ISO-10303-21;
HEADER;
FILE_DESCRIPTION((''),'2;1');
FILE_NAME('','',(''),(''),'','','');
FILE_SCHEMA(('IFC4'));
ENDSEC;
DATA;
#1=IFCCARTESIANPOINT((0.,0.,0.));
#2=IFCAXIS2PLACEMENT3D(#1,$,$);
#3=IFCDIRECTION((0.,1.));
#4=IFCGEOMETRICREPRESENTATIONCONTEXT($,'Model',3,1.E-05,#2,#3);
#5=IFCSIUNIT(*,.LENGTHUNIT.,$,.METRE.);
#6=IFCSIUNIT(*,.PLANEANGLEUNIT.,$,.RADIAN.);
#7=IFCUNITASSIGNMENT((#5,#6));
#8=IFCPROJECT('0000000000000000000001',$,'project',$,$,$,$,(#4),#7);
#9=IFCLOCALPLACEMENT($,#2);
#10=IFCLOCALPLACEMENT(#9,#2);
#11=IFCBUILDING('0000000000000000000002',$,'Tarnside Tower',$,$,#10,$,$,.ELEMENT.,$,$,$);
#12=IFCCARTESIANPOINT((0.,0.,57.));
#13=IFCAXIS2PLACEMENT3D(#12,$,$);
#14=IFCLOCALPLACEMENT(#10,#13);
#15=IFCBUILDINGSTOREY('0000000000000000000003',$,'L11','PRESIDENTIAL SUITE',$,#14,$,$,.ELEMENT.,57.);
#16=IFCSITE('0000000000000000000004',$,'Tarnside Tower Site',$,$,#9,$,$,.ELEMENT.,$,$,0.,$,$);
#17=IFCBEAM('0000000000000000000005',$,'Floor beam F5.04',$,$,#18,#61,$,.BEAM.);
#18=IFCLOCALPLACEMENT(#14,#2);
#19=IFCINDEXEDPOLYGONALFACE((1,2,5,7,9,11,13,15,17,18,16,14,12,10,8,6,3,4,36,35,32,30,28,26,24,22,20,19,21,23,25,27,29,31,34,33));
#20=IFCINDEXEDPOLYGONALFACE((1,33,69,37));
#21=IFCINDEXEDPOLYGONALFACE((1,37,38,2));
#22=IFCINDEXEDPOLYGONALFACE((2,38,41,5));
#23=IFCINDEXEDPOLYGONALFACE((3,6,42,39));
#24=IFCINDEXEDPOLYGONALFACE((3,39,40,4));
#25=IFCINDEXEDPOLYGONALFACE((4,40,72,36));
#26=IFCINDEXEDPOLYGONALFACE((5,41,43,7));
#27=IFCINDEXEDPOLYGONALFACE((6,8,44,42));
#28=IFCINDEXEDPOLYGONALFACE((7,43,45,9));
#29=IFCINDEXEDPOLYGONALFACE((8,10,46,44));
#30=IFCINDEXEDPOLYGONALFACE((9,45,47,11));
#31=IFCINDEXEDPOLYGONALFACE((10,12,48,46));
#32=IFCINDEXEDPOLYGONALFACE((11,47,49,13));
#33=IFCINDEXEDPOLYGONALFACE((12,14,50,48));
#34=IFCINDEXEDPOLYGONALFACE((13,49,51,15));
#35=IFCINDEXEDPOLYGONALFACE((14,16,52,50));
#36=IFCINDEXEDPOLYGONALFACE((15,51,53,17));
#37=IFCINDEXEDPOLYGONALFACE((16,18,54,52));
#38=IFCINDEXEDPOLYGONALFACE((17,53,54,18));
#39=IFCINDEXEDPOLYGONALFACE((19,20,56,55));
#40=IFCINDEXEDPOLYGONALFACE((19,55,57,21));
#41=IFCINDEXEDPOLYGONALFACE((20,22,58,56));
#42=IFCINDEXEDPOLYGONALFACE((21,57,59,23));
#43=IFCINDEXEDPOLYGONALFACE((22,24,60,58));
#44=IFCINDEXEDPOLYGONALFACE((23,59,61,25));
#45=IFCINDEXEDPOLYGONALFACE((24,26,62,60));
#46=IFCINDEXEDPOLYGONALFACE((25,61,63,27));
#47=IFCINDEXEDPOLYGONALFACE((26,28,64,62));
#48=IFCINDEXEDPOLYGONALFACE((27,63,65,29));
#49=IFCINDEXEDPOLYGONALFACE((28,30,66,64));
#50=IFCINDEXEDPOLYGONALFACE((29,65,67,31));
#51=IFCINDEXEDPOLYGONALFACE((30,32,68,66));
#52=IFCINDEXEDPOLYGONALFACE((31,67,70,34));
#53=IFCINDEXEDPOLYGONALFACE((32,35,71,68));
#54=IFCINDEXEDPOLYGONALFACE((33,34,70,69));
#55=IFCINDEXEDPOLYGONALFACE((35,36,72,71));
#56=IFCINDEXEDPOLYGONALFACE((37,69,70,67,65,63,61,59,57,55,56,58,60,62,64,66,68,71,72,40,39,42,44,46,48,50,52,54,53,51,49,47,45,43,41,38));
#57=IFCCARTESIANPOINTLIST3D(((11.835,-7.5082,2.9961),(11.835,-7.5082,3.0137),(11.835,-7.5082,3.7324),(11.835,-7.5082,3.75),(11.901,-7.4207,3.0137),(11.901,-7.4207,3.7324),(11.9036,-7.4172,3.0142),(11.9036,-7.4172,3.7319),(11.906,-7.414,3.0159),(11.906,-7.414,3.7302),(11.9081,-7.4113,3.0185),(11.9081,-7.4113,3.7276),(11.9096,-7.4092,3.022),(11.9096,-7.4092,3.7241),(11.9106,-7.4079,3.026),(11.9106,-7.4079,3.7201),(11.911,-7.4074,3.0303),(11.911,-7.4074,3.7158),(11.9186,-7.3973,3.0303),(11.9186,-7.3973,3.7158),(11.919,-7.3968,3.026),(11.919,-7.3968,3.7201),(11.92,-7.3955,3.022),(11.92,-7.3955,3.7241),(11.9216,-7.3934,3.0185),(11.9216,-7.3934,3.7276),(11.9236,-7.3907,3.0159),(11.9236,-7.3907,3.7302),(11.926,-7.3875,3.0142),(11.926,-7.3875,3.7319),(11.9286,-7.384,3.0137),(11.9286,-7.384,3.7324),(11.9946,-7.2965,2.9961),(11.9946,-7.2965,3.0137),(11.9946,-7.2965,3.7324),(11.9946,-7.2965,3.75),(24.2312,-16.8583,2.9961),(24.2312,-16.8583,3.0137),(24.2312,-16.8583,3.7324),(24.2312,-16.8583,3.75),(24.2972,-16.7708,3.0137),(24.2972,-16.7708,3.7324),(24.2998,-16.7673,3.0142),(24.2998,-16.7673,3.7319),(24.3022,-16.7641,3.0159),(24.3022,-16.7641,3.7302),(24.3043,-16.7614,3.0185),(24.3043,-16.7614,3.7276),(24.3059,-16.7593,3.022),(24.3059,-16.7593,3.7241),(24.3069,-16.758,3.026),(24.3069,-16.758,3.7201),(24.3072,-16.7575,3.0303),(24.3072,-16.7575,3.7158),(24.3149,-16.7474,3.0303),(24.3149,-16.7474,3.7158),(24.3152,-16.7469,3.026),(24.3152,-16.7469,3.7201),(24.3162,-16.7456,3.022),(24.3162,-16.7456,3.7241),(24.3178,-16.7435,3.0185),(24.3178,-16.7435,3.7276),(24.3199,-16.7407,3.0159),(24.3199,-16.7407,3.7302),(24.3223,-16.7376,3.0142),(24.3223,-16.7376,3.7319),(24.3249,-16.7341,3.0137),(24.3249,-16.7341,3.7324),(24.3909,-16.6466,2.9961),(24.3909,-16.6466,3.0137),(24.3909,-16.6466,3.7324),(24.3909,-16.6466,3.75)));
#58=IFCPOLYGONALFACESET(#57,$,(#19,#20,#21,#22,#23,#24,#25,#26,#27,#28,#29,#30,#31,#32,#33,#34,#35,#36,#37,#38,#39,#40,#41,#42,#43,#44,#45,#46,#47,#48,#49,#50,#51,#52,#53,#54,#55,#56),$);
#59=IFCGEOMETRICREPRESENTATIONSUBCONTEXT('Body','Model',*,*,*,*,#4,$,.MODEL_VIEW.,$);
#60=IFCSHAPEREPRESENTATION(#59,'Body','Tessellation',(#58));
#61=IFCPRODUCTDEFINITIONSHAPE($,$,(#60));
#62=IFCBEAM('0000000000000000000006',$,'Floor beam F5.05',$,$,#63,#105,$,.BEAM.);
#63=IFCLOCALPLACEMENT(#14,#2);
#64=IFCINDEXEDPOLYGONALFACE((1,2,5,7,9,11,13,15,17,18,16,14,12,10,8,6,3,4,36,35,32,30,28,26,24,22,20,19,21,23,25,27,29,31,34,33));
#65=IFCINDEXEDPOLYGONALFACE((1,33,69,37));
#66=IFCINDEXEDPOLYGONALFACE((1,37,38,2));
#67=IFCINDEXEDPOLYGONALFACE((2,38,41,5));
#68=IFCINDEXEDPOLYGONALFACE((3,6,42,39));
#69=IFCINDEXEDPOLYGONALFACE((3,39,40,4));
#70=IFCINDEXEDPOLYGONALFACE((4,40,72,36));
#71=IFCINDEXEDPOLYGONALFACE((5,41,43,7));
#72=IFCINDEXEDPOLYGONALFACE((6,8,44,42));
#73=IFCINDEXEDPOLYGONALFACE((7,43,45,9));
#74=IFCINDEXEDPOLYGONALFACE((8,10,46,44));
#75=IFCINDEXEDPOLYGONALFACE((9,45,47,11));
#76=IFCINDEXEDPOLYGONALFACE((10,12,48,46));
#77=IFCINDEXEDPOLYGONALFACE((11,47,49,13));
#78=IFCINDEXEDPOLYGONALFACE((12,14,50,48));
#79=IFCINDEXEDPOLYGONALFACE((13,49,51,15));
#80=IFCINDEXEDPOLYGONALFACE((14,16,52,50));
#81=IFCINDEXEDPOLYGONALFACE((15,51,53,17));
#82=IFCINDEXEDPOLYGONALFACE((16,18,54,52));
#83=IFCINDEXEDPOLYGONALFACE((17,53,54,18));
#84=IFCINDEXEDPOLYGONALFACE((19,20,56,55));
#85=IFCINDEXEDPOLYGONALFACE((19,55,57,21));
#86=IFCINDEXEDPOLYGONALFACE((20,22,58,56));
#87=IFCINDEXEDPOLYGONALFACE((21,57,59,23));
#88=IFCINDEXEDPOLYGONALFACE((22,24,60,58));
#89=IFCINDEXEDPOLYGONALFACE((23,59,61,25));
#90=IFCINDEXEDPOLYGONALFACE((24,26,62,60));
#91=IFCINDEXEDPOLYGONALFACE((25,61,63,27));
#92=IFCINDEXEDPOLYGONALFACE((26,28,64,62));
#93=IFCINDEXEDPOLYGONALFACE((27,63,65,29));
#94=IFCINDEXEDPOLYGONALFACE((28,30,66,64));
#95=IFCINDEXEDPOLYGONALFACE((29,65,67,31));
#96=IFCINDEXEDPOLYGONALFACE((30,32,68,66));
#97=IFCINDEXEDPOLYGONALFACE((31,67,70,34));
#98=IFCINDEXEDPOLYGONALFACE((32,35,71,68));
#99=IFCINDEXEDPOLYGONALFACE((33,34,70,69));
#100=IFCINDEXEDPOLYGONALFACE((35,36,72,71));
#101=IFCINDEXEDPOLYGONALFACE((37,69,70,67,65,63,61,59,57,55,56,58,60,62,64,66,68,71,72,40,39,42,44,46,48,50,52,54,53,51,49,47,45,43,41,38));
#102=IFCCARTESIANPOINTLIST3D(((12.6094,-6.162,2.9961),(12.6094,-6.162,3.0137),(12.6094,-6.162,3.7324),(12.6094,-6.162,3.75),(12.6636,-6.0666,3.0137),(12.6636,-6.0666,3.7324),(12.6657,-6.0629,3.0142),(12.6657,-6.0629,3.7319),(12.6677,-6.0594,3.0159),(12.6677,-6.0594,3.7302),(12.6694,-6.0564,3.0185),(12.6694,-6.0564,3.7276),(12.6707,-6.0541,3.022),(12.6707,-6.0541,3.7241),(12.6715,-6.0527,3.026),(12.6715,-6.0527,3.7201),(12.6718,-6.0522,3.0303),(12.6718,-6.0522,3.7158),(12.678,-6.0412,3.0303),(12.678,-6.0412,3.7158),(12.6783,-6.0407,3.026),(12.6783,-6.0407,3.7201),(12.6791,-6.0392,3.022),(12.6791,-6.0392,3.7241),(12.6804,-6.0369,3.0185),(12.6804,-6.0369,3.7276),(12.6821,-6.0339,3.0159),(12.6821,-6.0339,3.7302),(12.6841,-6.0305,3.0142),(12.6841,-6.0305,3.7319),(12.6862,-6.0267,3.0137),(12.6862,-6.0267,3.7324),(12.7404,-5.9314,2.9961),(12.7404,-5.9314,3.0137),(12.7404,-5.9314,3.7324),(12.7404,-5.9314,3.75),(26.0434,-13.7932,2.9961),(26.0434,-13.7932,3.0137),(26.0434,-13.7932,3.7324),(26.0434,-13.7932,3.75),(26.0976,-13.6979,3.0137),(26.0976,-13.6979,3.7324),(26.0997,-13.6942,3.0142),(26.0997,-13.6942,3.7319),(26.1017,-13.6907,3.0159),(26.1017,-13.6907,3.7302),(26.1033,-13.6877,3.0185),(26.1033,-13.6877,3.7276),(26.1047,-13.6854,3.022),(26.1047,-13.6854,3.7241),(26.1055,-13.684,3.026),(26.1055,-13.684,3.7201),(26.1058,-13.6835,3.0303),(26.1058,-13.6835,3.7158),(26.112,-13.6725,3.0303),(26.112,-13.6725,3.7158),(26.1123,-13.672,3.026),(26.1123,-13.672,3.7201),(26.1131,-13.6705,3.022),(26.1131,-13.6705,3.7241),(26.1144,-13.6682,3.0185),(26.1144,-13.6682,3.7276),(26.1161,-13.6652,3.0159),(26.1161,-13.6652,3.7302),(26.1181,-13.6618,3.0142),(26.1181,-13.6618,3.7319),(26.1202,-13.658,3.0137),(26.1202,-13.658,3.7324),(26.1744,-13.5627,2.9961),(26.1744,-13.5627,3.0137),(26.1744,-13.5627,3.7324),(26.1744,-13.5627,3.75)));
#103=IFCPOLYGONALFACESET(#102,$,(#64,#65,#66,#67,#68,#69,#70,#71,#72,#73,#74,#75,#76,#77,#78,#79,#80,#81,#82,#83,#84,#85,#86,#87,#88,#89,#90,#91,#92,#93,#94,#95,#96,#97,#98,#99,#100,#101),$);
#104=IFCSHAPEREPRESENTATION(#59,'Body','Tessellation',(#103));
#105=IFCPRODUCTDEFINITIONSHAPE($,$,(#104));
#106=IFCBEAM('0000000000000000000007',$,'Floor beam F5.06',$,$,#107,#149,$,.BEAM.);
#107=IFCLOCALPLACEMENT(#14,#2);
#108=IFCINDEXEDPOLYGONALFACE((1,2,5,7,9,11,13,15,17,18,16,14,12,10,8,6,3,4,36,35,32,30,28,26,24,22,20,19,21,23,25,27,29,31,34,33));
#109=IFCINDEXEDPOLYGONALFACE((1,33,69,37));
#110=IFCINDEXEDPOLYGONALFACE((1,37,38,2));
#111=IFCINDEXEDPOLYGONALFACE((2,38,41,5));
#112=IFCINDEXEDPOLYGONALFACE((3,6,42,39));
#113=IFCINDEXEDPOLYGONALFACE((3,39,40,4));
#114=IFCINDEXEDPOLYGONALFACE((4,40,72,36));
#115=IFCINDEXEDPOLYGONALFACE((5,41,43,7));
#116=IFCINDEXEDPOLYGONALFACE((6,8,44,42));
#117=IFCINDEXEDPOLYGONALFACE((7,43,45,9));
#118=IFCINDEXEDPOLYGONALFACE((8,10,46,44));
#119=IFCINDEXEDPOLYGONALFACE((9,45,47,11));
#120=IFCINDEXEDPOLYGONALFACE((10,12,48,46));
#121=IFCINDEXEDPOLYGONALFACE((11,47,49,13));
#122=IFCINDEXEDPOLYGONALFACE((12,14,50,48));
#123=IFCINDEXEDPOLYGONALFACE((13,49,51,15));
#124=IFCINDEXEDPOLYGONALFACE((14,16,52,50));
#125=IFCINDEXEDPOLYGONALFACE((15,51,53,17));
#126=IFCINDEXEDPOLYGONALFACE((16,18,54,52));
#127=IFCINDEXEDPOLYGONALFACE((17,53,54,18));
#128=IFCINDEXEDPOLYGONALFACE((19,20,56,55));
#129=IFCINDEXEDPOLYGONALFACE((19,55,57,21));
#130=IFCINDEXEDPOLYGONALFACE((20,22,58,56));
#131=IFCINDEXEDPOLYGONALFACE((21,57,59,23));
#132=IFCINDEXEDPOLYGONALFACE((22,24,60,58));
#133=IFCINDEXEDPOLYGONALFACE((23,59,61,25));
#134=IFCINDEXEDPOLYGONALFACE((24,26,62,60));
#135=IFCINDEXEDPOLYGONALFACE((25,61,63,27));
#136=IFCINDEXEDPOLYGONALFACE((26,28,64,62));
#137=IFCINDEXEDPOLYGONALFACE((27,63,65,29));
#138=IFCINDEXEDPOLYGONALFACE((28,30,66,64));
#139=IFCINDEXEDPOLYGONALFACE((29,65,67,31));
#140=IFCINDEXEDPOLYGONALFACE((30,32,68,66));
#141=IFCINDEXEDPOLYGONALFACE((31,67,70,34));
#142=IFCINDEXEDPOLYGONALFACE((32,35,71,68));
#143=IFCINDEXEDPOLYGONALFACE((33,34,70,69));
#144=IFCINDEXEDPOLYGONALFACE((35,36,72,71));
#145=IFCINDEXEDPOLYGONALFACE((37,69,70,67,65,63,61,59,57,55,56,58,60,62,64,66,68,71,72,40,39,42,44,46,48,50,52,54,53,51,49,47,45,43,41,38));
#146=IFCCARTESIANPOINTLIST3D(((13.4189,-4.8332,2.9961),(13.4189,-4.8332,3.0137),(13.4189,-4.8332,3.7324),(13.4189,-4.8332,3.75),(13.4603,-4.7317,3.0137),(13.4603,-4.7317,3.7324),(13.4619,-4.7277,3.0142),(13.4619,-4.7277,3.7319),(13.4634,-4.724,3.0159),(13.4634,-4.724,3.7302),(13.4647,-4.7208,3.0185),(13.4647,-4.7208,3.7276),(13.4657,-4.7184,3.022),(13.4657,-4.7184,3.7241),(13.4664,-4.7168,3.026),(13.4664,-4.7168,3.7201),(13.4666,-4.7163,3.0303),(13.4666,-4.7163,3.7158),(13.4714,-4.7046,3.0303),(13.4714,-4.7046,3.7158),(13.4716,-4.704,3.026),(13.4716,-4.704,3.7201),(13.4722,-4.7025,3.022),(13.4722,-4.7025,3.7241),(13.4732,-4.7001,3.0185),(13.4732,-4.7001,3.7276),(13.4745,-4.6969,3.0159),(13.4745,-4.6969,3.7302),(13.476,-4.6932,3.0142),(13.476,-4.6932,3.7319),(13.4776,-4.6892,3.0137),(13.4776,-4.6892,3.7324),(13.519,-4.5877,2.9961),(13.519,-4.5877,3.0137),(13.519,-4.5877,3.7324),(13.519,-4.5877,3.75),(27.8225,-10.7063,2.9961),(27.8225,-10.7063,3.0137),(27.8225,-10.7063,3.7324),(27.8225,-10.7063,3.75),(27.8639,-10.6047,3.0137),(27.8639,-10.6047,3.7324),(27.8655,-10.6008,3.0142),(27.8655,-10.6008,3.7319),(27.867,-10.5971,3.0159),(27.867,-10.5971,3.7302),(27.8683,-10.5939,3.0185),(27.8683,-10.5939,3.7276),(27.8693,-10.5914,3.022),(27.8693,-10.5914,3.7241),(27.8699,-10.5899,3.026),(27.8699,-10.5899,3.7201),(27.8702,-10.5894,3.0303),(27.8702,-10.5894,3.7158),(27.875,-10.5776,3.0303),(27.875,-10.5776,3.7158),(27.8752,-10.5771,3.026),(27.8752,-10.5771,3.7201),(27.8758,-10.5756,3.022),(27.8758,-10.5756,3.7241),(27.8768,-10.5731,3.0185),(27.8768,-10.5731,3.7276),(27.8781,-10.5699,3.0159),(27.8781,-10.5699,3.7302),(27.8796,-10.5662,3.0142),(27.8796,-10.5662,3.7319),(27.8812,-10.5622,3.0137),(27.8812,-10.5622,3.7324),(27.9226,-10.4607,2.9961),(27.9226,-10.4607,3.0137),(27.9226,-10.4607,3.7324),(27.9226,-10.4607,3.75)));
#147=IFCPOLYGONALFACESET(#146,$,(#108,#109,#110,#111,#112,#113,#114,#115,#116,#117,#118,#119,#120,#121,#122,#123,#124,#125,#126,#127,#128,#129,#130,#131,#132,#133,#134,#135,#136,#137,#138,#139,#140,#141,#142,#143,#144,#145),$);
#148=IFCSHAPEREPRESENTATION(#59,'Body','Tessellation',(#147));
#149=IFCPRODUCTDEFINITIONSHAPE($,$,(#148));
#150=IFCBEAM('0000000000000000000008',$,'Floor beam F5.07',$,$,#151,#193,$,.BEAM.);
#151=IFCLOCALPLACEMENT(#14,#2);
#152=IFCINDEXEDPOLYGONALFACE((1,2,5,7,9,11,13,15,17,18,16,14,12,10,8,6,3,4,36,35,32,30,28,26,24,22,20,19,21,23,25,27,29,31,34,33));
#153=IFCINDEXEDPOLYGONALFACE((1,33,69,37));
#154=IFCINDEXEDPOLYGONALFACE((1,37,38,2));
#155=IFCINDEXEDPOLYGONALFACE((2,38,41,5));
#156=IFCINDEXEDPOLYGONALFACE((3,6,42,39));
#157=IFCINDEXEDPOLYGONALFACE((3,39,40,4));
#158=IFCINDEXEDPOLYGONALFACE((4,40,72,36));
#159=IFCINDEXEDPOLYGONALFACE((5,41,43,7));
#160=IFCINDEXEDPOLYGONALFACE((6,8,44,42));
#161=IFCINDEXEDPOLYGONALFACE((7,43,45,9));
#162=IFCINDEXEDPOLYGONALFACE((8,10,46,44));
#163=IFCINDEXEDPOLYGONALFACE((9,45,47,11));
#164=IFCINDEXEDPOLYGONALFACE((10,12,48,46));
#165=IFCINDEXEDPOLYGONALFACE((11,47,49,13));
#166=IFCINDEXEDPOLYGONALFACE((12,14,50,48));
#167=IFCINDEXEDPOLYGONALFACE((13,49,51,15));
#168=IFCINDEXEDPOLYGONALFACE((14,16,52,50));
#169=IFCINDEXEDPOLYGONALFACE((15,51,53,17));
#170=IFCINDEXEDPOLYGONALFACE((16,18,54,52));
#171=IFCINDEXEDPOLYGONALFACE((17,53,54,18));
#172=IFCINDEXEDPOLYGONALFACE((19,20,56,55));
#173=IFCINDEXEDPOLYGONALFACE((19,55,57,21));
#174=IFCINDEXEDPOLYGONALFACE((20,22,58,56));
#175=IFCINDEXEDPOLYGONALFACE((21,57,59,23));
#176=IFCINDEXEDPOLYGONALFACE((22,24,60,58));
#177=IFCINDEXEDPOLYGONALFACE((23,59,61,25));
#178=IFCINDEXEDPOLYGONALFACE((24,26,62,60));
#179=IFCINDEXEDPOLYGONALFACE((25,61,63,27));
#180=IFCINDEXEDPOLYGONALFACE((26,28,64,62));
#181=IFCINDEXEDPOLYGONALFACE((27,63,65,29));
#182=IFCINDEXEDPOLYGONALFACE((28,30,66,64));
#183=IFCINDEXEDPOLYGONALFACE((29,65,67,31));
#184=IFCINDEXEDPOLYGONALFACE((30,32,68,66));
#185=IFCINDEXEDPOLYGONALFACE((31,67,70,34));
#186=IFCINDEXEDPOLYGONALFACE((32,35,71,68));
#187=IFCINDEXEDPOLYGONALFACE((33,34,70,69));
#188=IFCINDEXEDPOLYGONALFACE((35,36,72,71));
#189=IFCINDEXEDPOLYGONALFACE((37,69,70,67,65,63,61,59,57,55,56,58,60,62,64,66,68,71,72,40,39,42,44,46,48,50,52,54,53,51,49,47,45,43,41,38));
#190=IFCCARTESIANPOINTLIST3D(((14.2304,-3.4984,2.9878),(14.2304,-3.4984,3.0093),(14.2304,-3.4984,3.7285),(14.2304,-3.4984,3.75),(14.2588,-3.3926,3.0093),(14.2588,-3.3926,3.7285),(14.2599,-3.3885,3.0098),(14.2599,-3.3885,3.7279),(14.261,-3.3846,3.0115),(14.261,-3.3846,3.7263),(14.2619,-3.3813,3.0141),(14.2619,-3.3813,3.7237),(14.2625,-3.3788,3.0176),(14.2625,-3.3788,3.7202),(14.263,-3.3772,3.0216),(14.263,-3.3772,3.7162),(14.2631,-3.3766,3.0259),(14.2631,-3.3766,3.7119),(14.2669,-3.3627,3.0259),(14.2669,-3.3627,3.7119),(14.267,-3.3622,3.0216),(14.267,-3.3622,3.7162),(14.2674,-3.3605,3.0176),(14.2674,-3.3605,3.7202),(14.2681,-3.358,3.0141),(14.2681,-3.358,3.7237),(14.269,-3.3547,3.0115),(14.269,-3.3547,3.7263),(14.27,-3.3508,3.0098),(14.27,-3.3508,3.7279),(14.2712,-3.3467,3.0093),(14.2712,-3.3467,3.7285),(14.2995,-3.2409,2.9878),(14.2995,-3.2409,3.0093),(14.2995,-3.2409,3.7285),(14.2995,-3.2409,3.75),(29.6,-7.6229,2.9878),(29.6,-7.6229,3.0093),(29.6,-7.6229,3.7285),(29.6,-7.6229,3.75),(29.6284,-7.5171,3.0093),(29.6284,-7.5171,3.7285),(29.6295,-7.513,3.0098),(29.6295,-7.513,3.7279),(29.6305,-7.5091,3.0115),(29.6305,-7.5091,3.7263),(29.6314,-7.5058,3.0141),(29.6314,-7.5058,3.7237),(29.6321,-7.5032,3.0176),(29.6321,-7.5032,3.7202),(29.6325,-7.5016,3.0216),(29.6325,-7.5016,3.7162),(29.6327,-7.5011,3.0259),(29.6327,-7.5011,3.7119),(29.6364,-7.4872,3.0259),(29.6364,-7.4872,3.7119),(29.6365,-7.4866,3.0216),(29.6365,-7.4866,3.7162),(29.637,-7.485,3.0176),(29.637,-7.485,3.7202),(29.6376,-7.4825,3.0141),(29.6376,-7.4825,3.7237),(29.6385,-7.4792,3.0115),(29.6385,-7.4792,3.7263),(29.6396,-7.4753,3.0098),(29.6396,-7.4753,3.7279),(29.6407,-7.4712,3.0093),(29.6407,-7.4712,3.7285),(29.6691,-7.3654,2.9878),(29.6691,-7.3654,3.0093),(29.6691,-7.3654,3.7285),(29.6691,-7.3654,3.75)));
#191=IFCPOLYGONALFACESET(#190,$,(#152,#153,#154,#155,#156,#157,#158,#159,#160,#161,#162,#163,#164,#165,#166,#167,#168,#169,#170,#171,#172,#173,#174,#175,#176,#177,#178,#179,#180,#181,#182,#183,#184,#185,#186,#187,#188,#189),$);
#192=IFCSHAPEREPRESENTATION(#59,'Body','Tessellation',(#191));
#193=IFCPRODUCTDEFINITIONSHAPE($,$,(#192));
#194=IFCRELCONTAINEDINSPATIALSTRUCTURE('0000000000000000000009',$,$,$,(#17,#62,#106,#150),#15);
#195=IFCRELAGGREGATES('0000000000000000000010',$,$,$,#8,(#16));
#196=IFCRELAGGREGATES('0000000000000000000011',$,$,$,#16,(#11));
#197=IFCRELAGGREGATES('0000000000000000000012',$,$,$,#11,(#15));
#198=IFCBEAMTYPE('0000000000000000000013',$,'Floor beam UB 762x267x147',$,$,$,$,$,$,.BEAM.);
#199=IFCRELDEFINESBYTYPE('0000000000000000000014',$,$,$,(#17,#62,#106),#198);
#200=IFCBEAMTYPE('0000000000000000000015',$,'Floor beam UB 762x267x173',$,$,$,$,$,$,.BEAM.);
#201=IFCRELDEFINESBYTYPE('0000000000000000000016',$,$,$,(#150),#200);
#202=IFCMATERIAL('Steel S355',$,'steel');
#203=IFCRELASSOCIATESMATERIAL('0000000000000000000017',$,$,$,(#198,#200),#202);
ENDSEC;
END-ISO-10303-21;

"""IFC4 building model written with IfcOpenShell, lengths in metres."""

from ifc_helpers import new_model, si_unit, direction, frame, origin, origin_2d, place, context, subcontext, project, spatial, i_section, extrude, material, material_profile, profile_set, type_object, element, save


model = new_model("IFC4")

# Units and contexts
model_context = context("Model", 3, precision=1e-05, world=origin(), true_north=direction((0.0, 1.0)))
body_context = subcontext(model_context, "Body", "Model", "MODEL_VIEW")
ifc_project = project(units=[si_unit("LENGTHUNIT", "METRE"), si_unit("PLANEANGLEUNIT", "RADIAN")], contexts=[model_context])

# Site, building, storey
site_placement = place(None, origin())
site = spatial("IfcSite", under=ifc_project, at=site_placement, Name="Tarnside Tower Site", CompositionType="ELEMENT", RefElevation=0.0)
building_placement = place(site_placement, origin())
building = spatial("IfcBuilding", under=site, at=building_placement, Name="Tarnside Tower", CompositionType="ELEMENT")
storey_placement = place(building_placement, frame((0.0, 0.0, 57.0)))
storey = spatial("IfcBuildingStorey", under=building, at=storey_placement, Name="L11", Description="PRESIDENTIAL SUITE", CompositionType="ELEMENT", Elevation=57.0)

# Beams
ifc_material_1 = material(Name="Steel S355", Category="steel")
ifc_material_profile_1 = material_profile(ifc_material_1, i_section(OverallWidth=0.2651, OverallDepth=0.7539, WebThickness=0.0127, FlangeThickness=0.0176, FilletRadius=0.0166, at=origin_2d()), Name="UB 762x267x147")
ifc_profile_set_1 = profile_set([ifc_material_profile_1], Name="Steel S355")
beam_type_1 = type_object("IfcBeamType", Name="Floor beam UB 762x267x147", PredefinedType="BEAM", material=ifc_profile_set_1)
beam_1_placement = place(storey_placement, frame((24.311, -16.7524, 3.373), z_axis=(-0.798361, 0.602179, 0.0), x_axis=(-0.602179, -0.798361, 0.0)))
element("IfcBeam", 1, at=beam_1_placement, inside=storey, type_object=beam_type_1, Name="Floor beam F5.04", PredefinedType="BEAM", context=body_context, shape_type="SweptSolid", body=[
    extrude(i_section(OverallWidth=0.2651, OverallDepth=0.7539, WebThickness=0.0127, FlangeThickness=0.0176, FilletRadius=0.0166, at=origin_2d()), origin(), (0.0, 0.0, 1.0), 15.5271),
])
beam_2_placement = place(storey_placement, frame((26.1089, -13.678, 3.373), z_axis=(-0.869503, 0.493929, 0.0), x_axis=(-0.493929, -0.869503, 0.0)))
element("IfcBeam", 2, at=beam_2_placement, inside=storey, type_object=beam_type_1, Name="Floor beam F5.05", PredefinedType="BEAM", context=body_context, shape_type="SweptSolid", body=[
    extrude(i_section(OverallWidth=0.2651, OverallDepth=0.7539, WebThickness=0.0127, FlangeThickness=0.0176, FilletRadius=0.0166, at=origin_2d()), origin(), (0.0, 0.0, 1.0), 15.4502),
])
beam_3_placement = place(storey_placement, frame((27.8726, -10.5835, 3.373), z_axis=(-0.925982, 0.377569, 0.0), x_axis=(-0.377569, -0.925982, 0.0)))
element("IfcBeam", 3, at=beam_3_placement, inside=storey, type_object=beam_type_1, Name="Floor beam F5.06", PredefinedType="BEAM", context=body_context, shape_type="SweptSolid", body=[
    extrude(i_section(OverallWidth=0.2651, OverallDepth=0.7539, WebThickness=0.0127, FlangeThickness=0.0176, FilletRadius=0.0166, at=origin_2d()), origin(), (0.0, 0.0, 1.0), 15.5549),
])
ifc_material_profile_2 = material_profile(ifc_material_1, i_section(OverallWidth=0.2666, OverallDepth=0.7622, WebThickness=0.0144, FlangeThickness=0.0215, FilletRadius=0.0166, at=origin_2d()), Name="UB 762x267x173")
ifc_profile_set_2 = profile_set([ifc_material_profile_2], Name="Steel S355")
beam_type_2 = type_object("IfcBeamType", Name="Floor beam UB 762x267x173", PredefinedType="BEAM", material=ifc_profile_set_2)
beam_4_placement = place(storey_placement, frame((29.6345, -7.4941, 3.3689), z_axis=(-0.965828, 0.259184, 0.0), x_axis=(-0.259184, -0.965828, 0.0)))
element("IfcBeam", 4, at=beam_4_placement, inside=storey, type_object=beam_type_2, Name="Floor beam F5.07", PredefinedType="BEAM", context=body_context, shape_type="SweptSolid", body=[
    extrude(i_section(OverallWidth=0.2666, OverallDepth=0.7622, WebThickness=0.0144, FlangeThickness=0.0215, FilletRadius=0.0166, at=origin_2d()), origin(), (0.0, 0.0, 1.0), 15.9133),
])

save(model, "model.ifc")
